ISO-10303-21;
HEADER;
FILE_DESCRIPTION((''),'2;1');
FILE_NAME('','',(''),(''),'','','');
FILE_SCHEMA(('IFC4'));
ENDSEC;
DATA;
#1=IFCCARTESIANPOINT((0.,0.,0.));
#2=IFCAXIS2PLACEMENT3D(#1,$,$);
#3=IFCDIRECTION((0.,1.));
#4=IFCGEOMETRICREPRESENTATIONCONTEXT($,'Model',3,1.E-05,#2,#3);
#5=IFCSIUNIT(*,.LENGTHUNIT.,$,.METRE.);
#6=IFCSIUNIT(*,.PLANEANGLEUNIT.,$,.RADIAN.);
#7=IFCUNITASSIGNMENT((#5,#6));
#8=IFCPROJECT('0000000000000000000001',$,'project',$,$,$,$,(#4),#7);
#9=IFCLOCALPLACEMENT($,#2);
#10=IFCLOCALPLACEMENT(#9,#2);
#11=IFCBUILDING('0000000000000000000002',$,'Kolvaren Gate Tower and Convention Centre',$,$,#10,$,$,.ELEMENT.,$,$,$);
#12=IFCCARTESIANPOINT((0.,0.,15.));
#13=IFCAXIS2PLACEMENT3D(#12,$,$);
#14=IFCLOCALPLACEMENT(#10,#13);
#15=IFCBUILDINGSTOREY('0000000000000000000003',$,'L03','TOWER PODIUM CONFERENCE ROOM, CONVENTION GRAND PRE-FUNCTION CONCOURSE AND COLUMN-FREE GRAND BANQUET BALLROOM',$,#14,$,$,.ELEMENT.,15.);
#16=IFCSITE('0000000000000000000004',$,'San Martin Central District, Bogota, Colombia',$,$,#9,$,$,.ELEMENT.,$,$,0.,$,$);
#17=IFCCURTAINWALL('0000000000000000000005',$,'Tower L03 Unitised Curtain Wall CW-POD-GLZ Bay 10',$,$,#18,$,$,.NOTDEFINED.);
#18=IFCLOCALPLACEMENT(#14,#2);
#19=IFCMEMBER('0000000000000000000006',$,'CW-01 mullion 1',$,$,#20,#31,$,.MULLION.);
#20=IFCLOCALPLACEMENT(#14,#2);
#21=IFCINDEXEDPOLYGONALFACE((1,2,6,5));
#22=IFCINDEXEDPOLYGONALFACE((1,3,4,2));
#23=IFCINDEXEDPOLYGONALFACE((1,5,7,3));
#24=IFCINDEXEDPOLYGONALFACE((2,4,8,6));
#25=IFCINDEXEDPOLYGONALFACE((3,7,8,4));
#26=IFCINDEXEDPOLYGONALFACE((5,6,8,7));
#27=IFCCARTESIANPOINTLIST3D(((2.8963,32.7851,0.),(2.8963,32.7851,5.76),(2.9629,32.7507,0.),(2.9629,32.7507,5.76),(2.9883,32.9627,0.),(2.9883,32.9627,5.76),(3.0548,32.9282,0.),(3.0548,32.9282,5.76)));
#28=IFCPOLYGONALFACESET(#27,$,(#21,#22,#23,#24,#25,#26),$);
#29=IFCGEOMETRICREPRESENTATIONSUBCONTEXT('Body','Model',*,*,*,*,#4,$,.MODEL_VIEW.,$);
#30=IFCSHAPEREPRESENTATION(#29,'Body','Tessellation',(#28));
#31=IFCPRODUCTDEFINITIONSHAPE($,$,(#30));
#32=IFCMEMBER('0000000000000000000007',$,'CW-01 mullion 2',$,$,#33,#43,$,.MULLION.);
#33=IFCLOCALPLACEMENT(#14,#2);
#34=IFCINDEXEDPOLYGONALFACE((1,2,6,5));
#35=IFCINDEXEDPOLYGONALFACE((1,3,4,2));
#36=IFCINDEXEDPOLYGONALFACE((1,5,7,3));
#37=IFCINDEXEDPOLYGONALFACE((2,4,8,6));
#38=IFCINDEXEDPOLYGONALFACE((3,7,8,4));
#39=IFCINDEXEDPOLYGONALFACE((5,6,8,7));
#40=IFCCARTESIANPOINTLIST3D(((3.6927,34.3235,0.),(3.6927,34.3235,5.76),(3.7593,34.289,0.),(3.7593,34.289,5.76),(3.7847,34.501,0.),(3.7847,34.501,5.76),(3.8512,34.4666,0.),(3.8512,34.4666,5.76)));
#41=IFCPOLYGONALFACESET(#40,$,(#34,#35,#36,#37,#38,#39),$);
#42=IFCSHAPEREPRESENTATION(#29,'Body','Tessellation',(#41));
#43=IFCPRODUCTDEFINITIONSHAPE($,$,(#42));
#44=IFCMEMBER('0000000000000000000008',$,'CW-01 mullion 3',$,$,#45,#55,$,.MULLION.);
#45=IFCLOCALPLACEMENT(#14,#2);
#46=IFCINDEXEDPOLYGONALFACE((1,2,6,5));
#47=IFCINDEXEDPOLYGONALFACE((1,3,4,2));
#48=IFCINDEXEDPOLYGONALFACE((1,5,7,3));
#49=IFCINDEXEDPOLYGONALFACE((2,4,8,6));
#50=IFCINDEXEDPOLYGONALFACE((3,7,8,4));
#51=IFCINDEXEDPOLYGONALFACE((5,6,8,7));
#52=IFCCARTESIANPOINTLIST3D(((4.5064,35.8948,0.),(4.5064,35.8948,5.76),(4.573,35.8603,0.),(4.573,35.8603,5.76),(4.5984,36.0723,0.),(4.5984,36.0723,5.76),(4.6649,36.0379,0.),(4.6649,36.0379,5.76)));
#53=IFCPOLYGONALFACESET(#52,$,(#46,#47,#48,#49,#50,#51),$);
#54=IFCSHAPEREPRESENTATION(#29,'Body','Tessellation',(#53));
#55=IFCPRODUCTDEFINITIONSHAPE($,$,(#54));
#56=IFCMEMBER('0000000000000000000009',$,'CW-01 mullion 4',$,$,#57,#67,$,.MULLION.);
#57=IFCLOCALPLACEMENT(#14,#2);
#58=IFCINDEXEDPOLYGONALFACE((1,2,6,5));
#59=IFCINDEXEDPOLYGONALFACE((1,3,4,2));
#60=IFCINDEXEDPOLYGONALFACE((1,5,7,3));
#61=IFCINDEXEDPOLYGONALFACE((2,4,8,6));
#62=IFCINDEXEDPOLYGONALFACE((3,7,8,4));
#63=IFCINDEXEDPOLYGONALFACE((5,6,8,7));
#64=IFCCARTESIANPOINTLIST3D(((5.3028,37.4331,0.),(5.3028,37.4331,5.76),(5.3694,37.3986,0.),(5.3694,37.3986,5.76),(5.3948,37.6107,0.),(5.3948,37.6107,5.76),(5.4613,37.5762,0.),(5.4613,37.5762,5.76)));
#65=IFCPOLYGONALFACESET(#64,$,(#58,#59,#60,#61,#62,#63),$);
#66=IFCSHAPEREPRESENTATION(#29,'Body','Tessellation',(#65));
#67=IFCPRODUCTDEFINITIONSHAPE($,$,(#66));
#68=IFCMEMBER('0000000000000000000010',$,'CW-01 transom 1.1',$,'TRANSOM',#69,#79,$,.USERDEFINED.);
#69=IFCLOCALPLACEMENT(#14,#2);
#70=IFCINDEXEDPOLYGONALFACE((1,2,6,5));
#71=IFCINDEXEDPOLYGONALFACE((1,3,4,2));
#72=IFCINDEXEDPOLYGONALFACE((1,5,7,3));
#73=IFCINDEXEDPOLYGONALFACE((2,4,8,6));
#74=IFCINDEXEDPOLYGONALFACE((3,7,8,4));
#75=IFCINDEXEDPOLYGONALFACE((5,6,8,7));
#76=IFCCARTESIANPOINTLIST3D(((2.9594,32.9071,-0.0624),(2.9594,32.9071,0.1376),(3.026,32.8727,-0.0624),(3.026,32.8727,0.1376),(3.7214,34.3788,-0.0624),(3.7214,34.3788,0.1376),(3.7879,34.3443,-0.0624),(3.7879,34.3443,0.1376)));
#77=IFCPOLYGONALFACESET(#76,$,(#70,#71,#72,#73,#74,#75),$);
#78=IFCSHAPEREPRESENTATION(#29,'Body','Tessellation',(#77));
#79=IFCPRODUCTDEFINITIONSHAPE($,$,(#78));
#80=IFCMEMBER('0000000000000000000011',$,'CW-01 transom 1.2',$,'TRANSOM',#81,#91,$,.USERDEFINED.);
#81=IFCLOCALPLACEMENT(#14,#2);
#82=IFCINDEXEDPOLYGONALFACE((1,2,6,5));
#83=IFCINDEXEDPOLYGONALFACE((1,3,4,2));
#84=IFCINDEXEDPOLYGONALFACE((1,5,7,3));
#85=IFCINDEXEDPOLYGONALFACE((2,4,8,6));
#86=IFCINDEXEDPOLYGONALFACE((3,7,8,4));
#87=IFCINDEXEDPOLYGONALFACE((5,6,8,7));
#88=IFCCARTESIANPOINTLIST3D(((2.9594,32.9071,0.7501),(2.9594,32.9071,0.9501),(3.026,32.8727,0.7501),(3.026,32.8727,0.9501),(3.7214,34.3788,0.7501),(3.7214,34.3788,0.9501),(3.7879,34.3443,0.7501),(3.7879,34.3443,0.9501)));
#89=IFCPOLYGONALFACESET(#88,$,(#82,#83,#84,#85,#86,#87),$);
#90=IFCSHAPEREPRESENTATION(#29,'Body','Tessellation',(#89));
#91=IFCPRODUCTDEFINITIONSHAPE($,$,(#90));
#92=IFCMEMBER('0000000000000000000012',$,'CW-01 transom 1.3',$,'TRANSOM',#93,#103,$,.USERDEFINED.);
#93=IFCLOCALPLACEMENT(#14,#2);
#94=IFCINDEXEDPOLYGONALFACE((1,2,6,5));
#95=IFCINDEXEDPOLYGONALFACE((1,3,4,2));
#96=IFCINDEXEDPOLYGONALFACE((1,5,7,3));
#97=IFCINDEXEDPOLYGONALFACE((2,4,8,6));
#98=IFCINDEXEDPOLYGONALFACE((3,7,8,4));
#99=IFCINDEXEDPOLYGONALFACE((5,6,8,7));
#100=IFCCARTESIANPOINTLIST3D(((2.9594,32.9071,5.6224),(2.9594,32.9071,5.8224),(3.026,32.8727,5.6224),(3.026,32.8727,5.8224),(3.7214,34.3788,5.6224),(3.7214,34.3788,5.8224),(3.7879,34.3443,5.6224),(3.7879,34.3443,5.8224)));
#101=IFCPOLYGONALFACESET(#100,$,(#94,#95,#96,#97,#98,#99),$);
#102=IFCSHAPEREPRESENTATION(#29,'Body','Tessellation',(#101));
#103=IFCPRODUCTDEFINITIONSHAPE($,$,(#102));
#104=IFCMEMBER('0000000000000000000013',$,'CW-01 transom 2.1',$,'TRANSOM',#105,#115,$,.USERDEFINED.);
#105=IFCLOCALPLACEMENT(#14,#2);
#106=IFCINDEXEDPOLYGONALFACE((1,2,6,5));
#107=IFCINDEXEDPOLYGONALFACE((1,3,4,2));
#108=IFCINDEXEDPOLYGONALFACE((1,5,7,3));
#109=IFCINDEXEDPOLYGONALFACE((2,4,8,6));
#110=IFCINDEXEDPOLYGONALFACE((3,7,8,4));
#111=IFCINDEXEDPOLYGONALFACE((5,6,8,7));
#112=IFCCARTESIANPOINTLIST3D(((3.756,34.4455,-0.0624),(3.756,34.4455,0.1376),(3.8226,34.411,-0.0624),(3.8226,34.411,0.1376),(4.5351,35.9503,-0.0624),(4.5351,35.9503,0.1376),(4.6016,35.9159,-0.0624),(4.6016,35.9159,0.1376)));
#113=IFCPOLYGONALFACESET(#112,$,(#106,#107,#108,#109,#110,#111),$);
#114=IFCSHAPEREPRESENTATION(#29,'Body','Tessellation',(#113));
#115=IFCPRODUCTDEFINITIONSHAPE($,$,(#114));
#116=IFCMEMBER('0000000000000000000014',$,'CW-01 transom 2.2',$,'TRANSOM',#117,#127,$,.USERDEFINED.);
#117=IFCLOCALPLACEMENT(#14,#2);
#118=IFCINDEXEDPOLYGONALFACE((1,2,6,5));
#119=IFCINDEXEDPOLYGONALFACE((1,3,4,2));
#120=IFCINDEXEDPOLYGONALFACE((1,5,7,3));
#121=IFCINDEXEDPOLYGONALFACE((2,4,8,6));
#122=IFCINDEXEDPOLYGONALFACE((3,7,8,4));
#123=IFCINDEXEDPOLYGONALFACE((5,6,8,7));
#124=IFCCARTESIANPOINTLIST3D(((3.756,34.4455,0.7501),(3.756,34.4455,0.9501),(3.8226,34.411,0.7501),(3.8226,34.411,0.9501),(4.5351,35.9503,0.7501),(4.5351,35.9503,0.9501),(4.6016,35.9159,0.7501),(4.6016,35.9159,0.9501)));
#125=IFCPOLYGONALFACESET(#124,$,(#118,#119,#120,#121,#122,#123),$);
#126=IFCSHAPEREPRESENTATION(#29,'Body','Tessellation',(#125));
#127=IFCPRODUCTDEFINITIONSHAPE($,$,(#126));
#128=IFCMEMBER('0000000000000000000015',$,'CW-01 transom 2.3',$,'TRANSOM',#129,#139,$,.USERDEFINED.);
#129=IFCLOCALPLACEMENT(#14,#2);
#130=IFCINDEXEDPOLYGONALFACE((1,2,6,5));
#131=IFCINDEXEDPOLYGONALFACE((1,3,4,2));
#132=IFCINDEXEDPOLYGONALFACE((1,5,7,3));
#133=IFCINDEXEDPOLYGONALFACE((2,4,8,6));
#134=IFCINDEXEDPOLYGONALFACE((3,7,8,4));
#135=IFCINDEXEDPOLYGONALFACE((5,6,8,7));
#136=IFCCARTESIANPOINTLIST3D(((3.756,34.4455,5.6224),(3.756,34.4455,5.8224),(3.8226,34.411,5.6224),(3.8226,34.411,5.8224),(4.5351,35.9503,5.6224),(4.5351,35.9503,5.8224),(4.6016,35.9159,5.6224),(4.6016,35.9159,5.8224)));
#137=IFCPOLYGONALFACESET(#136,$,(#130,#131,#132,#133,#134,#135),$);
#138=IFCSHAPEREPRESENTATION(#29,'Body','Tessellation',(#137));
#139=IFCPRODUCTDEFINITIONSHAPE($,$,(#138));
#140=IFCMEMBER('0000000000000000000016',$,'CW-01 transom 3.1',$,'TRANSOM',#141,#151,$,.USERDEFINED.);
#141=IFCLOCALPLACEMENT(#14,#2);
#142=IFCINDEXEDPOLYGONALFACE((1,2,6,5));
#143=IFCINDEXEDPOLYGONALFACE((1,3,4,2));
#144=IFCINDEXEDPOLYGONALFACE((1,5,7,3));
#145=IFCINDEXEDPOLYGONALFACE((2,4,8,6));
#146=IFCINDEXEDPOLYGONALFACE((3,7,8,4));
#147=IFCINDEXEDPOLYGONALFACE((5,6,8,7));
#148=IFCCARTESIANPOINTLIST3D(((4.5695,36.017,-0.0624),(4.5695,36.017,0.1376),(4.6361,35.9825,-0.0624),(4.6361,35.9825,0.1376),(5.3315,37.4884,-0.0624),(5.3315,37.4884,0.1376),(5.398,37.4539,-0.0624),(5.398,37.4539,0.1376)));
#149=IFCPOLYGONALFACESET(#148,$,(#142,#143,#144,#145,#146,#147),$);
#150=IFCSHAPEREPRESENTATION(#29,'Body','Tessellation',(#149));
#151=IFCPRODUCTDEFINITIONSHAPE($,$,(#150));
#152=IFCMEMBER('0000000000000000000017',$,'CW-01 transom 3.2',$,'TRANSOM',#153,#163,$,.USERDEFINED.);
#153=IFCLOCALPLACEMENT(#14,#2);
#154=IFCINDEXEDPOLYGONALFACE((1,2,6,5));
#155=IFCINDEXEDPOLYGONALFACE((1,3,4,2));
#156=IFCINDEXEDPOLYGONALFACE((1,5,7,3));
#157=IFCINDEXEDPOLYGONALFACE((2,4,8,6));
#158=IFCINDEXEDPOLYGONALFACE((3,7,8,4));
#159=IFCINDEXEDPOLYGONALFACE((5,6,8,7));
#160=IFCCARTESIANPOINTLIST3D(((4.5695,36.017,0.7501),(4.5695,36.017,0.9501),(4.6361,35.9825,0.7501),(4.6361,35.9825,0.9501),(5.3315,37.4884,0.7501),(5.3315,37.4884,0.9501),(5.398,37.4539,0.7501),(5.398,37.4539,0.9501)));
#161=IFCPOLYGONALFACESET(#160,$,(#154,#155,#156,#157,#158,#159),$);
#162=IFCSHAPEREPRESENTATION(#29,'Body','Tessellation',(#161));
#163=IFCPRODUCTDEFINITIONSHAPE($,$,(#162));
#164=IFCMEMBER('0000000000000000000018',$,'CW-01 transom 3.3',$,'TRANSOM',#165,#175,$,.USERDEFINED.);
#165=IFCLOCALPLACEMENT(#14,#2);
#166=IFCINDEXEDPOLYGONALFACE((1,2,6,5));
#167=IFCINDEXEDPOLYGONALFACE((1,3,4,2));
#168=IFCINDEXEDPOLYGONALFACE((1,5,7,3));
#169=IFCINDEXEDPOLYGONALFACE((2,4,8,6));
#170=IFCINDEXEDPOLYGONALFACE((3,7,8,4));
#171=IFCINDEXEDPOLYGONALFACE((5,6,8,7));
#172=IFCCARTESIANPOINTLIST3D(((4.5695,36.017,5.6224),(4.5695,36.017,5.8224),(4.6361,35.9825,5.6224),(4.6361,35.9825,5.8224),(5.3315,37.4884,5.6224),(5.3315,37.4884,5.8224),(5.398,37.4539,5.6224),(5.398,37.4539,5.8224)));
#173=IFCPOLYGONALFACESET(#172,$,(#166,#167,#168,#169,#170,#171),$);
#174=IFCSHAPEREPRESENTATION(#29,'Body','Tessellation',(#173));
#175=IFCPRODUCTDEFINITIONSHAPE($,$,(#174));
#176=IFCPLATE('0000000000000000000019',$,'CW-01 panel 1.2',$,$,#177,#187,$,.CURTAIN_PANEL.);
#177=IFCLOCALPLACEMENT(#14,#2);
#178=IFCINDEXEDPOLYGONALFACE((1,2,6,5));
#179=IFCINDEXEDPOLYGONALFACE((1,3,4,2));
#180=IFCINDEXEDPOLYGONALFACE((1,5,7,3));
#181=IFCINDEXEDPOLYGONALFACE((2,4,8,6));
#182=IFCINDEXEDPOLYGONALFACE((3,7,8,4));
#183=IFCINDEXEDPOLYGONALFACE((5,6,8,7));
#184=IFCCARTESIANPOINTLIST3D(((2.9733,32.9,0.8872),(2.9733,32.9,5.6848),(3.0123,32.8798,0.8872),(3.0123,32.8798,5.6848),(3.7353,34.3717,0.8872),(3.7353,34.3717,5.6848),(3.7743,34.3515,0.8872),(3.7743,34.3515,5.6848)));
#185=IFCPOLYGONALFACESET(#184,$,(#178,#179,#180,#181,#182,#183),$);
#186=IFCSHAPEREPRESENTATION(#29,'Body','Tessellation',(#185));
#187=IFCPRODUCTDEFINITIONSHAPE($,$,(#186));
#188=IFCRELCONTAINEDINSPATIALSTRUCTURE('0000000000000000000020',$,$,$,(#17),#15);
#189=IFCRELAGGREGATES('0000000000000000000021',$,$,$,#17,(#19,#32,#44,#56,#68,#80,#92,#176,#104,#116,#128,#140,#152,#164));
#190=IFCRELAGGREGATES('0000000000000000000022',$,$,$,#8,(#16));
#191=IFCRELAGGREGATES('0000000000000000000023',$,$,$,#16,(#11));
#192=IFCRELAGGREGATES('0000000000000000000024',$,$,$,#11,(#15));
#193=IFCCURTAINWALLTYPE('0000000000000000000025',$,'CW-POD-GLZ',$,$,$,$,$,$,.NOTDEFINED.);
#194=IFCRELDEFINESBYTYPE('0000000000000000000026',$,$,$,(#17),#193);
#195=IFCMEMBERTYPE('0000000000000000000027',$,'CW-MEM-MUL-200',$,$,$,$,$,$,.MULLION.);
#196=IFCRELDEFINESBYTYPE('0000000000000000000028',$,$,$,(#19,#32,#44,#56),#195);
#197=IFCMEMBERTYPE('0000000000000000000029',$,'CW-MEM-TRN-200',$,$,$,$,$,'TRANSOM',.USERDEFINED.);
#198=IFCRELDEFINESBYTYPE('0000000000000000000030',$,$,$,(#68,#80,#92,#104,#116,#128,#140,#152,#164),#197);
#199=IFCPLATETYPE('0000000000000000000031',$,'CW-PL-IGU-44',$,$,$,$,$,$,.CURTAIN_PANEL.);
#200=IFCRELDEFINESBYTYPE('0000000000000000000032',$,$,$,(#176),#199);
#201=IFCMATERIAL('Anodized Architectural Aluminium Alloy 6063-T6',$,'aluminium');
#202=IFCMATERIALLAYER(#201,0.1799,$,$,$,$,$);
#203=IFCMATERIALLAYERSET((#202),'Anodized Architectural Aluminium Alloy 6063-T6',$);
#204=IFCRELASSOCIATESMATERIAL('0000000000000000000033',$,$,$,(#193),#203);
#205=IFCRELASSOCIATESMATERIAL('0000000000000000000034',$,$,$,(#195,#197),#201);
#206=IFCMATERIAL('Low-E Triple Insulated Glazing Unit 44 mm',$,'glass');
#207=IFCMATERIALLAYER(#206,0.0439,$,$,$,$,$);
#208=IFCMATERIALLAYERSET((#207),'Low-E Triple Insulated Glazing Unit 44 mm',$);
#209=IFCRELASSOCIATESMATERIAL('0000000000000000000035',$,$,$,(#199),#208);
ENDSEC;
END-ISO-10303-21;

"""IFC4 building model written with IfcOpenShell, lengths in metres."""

from ifc_helpers import new_model, si_unit, direction, frame, origin, origin_2d, place, context, subcontext, project, spatial, rectangle, extrude, material, layer, layer_set, material_profile, profile_set, type_object, element, aggregate, save


model = new_model("IFC4")

# Units and contexts
model_context = context("Model", 3, precision=1e-05, world=origin(), true_north=direction((0.0, 1.0)))
body_context = subcontext(model_context, "Body", "Model", "MODEL_VIEW")
ifc_project = project(units=[si_unit("LENGTHUNIT", "METRE"), si_unit("PLANEANGLEUNIT", "RADIAN")], contexts=[model_context])

# Site, building, storey
site_placement = place(None, origin())
site = spatial("IfcSite", under=ifc_project, at=site_placement, Name="San Martin Central District, Bogota, Colombia", CompositionType="ELEMENT", RefElevation=0.0)
building_placement = place(site_placement, origin())
building = spatial("IfcBuilding", under=site, at=building_placement, Name="Kolvaren Gate Tower and Convention Centre", CompositionType="ELEMENT")
storey_placement = place(building_placement, frame((0.0, 0.0, 15.0)))
storey = spatial("IfcBuildingStorey", under=building, at=storey_placement, Name="L03", Description="TOWER PODIUM CONFERENCE ROOM, CONVENTION GRAND PRE-FUNCTION CONCOURSE AND COLUMN-FREE GRAND BANQUET BALLROOM", CompositionType="ELEMENT", Elevation=15.0)

# Curtain wall, members, plate
ifc_material_1 = material(Name="Anodized Architectural Aluminium Alloy 6063-T6", Category="aluminium")
ifc_layer_1 = layer(ifc_material_1, 0.1799)
ifc_layer_set_1 = layer_set([ifc_layer_1], Name="Anodized Architectural Aluminium Alloy 6063-T6")
curtain_wall_type = type_object("IfcCurtainWallType", Name="CW-POD-GLZ", PredefinedType="NOTDEFINED", material=ifc_layer_set_1)
curtain_wall_placement = place(storey_placement, origin())
curtain_wall = element("IfcCurtainWall", 1, at=curtain_wall_placement, inside=storey, type_object=curtain_wall_type, Name="Tower L03 Unitised Curtain Wall CW-POD-GLZ Bay 10", PredefinedType="NOTDEFINED")
ifc_material_profile_1 = material_profile(ifc_material_1, rectangle(XDim=0.075, YDim=0.2, at=origin_2d()), Name="CW-MEM-MUL-200")
ifc_profile_set_1 = profile_set([ifc_material_profile_1], Name="Anodized Architectural Aluminium Alloy 6063-T6")
member_type_1 = type_object("IfcMemberType", Name="CW-MEM-MUL-200", PredefinedType="MULLION", material=ifc_profile_set_1)
member_1_placement = place(storey_placement, frame((2.9756, 32.8567, 0.0), z_axis=(0.0, 0.0, 1.0), x_axis=(-0.888028, 0.459789, 0.0)))
member_1 = element("IfcMember", 2, at=member_1_placement, type_object=member_type_1, Name="CW-01 mullion 1", PredefinedType="MULLION", context=body_context, shape_type="SweptSolid", body=[
    extrude(rectangle(XDim=0.075, YDim=0.2, at=origin_2d()), origin(), (0.0, 0.0, 1.0), 5.76),
])
member_2_placement = place(storey_placement, frame((3.772, 34.395, 0.0), z_axis=(0.0, 0.0, 1.0), x_axis=(-0.888028, 0.459789, 0.0)))
member_2 = element("IfcMember", 3, at=member_2_placement, type_object=member_type_1, Name="CW-01 mullion 2", PredefinedType="MULLION", context=body_context, shape_type="SweptSolid", body=[
    extrude(rectangle(XDim=0.075, YDim=0.2, at=origin_2d()), origin(), (0.0, 0.0, 1.0), 5.76),
])
member_3_placement = place(storey_placement, frame((4.5857, 35.9663, 0.0), z_axis=(0.0, 0.0, 1.0), x_axis=(-0.888028, 0.459789, 0.0)))
member_3 = element("IfcMember", 4, at=member_3_placement, type_object=member_type_1, Name="CW-01 mullion 3", PredefinedType="MULLION", context=body_context, shape_type="SweptSolid", body=[
    extrude(rectangle(XDim=0.075, YDim=0.2, at=origin_2d()), origin(), (0.0, 0.0, 1.0), 5.76),
])
member_4_placement = place(storey_placement, frame((5.3821, 37.5046, 0.0), z_axis=(0.0, 0.0, 1.0), x_axis=(-0.888028, 0.459789, 0.0)))
member_4 = element("IfcMember", 5, at=member_4_placement, type_object=member_type_1, Name="CW-01 mullion 4", PredefinedType="MULLION", context=body_context, shape_type="SweptSolid", body=[
    extrude(rectangle(XDim=0.075, YDim=0.2, at=origin_2d()), origin(), (0.0, 0.0, 1.0), 5.76),
])
ifc_material_profile_2 = material_profile(ifc_material_1, rectangle(XDim=0.075, YDim=0.2, at=origin_2d()), Name="CW-MEM-TRN-200")
ifc_profile_set_2 = profile_set([ifc_material_profile_2], Name="Anodized Architectural Aluminium Alloy 6063-T6")
member_type_2 = type_object("IfcMemberType", Name="CW-MEM-TRN-200", ElementType="TRANSOM", PredefinedType="USERDEFINED", material=ifc_profile_set_2)
member_5_placement = place(storey_placement, frame((2.9927, 32.8899, 0.0376), z_axis=(0.45978, 0.888033, 0.0), x_axis=(-0.888033, 0.45978, 0.0)))
member_5 = element("IfcMember", 6, at=member_5_placement, type_object=member_type_2, Name="CW-01 transom 1.1", ObjectType="TRANSOM", PredefinedType="USERDEFINED", context=body_context, shape_type="SweptSolid", body=[
    extrude(rectangle(XDim=0.075, YDim=0.2, at=origin_2d()), origin(), (0.0, 0.0, 1.0), 1.6572),
])
member_6_placement = place(storey_placement, frame((2.9927, 32.8899, 0.8501), z_axis=(0.45978, 0.888033, 0.0), x_axis=(-0.888033, 0.45978, 0.0)))
member_6 = element("IfcMember", 7, at=member_6_placement, type_object=member_type_2, Name="CW-01 transom 1.2", ObjectType="TRANSOM", PredefinedType="USERDEFINED", context=body_context, shape_type="SweptSolid", body=[
    extrude(rectangle(XDim=0.075, YDim=0.2, at=origin_2d()), origin(), (0.0, 0.0, 1.0), 1.6572),
])
member_7_placement = place(storey_placement, frame((2.9927, 32.8899, 5.7224), z_axis=(0.45978, 0.888033, 0.0), x_axis=(-0.888033, 0.45978, 0.0)))
member_7 = element("IfcMember", 8, at=member_7_placement, type_object=member_type_2, Name="CW-01 transom 1.3", ObjectType="TRANSOM", PredefinedType="USERDEFINED", context=body_context, shape_type="SweptSolid", body=[
    extrude(rectangle(XDim=0.075, YDim=0.2, at=origin_2d()), origin(), (0.0, 0.0, 1.0), 1.6572),
])
member_8_placement = place(storey_placement, frame((3.7893, 34.4282, 0.0376), z_axis=(0.459733, 0.888057, 0.0), x_axis=(-0.888057, 0.459733, 0.0)))
member_8 = element("IfcMember", 9, at=member_8_placement, type_object=member_type_2, Name="CW-01 transom 2.1", ObjectType="TRANSOM", PredefinedType="USERDEFINED", context=body_context, shape_type="SweptSolid", body=[
    extrude(rectangle(XDim=0.075, YDim=0.2, at=origin_2d()), origin(), (0.0, 0.0, 1.0), 1.6946),
])
member_9_placement = place(storey_placement, frame((3.7893, 34.4282, 0.8501), z_axis=(0.459733, 0.888057, 0.0), x_axis=(-0.888057, 0.459733, 0.0)))
member_9 = element("IfcMember", 10, at=member_9_placement, type_object=member_type_2, Name="CW-01 transom 2.2", ObjectType="TRANSOM", PredefinedType="USERDEFINED", context=body_context, shape_type="SweptSolid", body=[
    extrude(rectangle(XDim=0.075, YDim=0.2, at=origin_2d()), origin(), (0.0, 0.0, 1.0), 1.6946),
])
member_10_placement = place(storey_placement, frame((3.7893, 34.4282, 5.7224), z_axis=(0.459733, 0.888057, 0.0), x_axis=(-0.888057, 0.459733, 0.0)))
member_10 = element("IfcMember", 11, at=member_10_placement, type_object=member_type_2, Name="CW-01 transom 2.3", ObjectType="TRANSOM", PredefinedType="USERDEFINED", context=body_context, shape_type="SweptSolid", body=[
    extrude(rectangle(XDim=0.075, YDim=0.2, at=origin_2d()), origin(), (0.0, 0.0, 1.0), 1.6946),
])
member_11_placement = place(storey_placement, frame((4.6028, 35.9998, 0.0376), z_axis=(0.45984, 0.888002, 0.0), x_axis=(-0.888002, 0.45984, 0.0)))
member_11 = element("IfcMember", 12, at=member_11_placement, type_object=member_type_2, Name="CW-01 transom 3.1", ObjectType="TRANSOM", PredefinedType="USERDEFINED", context=body_context, shape_type="SweptSolid", body=[
    extrude(rectangle(XDim=0.075, YDim=0.2, at=origin_2d()), origin(), (0.0, 0.0, 1.0), 1.657),
])
member_12_placement = place(storey_placement, frame((4.6028, 35.9998, 0.8501), z_axis=(0.45984, 0.888002, 0.0), x_axis=(-0.888002, 0.45984, 0.0)))
member_12 = element("IfcMember", 13, at=member_12_placement, type_object=member_type_2, Name="CW-01 transom 3.2", ObjectType="TRANSOM", PredefinedType="USERDEFINED", context=body_context, shape_type="SweptSolid", body=[
    extrude(rectangle(XDim=0.075, YDim=0.2, at=origin_2d()), origin(), (0.0, 0.0, 1.0), 1.657),
])
member_13_placement = place(storey_placement, frame((4.6028, 35.9998, 5.7224), z_axis=(0.45984, 0.888002, 0.0), x_axis=(-0.888002, 0.45984, 0.0)))
member_13 = element("IfcMember", 14, at=member_13_placement, type_object=member_type_2, Name="CW-01 transom 3.3", ObjectType="TRANSOM", PredefinedType="USERDEFINED", context=body_context, shape_type="SweptSolid", body=[
    extrude(rectangle(XDim=0.075, YDim=0.2, at=origin_2d()), origin(), (0.0, 0.0, 1.0), 1.657),
])
ifc_material_2 = material(Name="Low-E Triple Insulated Glazing Unit 44 mm", Category="glass")
ifc_layer_2 = layer(ifc_material_2, 0.0439)
ifc_layer_set_2 = layer_set([ifc_layer_2], Name="Low-E Triple Insulated Glazing Unit 44 mm")
plate_type_1 = type_object("IfcPlateType", Name="CW-PL-IGU-44", PredefinedType="CURTAIN_PANEL", material=ifc_layer_set_2)
plate_1_placement = place(storey_placement, frame((3.3738, 33.6257, 0.8872), z_axis=(0.0, 0.0, 1.0), x_axis=(0.459789, 0.888028, 0.0)))
plate_1 = element("IfcPlate", 15, at=plate_1_placement, type_object=plate_type_1, Name="CW-01 panel 1.2", PredefinedType="CURTAIN_PANEL", context=body_context, shape_type="SweptSolid", body=[
    extrude(rectangle(XDim=1.6572, YDim=0.0439, at=origin_2d()), origin(), (0.0, 0.0, 1.0), 4.7976),
])
aggregate(curtain_wall, [member_1, member_2, member_3, member_4, member_5, member_6, member_7, plate_1, member_8, member_9, member_10, member_11, member_12, member_13])

save(model, "model.ifc")
